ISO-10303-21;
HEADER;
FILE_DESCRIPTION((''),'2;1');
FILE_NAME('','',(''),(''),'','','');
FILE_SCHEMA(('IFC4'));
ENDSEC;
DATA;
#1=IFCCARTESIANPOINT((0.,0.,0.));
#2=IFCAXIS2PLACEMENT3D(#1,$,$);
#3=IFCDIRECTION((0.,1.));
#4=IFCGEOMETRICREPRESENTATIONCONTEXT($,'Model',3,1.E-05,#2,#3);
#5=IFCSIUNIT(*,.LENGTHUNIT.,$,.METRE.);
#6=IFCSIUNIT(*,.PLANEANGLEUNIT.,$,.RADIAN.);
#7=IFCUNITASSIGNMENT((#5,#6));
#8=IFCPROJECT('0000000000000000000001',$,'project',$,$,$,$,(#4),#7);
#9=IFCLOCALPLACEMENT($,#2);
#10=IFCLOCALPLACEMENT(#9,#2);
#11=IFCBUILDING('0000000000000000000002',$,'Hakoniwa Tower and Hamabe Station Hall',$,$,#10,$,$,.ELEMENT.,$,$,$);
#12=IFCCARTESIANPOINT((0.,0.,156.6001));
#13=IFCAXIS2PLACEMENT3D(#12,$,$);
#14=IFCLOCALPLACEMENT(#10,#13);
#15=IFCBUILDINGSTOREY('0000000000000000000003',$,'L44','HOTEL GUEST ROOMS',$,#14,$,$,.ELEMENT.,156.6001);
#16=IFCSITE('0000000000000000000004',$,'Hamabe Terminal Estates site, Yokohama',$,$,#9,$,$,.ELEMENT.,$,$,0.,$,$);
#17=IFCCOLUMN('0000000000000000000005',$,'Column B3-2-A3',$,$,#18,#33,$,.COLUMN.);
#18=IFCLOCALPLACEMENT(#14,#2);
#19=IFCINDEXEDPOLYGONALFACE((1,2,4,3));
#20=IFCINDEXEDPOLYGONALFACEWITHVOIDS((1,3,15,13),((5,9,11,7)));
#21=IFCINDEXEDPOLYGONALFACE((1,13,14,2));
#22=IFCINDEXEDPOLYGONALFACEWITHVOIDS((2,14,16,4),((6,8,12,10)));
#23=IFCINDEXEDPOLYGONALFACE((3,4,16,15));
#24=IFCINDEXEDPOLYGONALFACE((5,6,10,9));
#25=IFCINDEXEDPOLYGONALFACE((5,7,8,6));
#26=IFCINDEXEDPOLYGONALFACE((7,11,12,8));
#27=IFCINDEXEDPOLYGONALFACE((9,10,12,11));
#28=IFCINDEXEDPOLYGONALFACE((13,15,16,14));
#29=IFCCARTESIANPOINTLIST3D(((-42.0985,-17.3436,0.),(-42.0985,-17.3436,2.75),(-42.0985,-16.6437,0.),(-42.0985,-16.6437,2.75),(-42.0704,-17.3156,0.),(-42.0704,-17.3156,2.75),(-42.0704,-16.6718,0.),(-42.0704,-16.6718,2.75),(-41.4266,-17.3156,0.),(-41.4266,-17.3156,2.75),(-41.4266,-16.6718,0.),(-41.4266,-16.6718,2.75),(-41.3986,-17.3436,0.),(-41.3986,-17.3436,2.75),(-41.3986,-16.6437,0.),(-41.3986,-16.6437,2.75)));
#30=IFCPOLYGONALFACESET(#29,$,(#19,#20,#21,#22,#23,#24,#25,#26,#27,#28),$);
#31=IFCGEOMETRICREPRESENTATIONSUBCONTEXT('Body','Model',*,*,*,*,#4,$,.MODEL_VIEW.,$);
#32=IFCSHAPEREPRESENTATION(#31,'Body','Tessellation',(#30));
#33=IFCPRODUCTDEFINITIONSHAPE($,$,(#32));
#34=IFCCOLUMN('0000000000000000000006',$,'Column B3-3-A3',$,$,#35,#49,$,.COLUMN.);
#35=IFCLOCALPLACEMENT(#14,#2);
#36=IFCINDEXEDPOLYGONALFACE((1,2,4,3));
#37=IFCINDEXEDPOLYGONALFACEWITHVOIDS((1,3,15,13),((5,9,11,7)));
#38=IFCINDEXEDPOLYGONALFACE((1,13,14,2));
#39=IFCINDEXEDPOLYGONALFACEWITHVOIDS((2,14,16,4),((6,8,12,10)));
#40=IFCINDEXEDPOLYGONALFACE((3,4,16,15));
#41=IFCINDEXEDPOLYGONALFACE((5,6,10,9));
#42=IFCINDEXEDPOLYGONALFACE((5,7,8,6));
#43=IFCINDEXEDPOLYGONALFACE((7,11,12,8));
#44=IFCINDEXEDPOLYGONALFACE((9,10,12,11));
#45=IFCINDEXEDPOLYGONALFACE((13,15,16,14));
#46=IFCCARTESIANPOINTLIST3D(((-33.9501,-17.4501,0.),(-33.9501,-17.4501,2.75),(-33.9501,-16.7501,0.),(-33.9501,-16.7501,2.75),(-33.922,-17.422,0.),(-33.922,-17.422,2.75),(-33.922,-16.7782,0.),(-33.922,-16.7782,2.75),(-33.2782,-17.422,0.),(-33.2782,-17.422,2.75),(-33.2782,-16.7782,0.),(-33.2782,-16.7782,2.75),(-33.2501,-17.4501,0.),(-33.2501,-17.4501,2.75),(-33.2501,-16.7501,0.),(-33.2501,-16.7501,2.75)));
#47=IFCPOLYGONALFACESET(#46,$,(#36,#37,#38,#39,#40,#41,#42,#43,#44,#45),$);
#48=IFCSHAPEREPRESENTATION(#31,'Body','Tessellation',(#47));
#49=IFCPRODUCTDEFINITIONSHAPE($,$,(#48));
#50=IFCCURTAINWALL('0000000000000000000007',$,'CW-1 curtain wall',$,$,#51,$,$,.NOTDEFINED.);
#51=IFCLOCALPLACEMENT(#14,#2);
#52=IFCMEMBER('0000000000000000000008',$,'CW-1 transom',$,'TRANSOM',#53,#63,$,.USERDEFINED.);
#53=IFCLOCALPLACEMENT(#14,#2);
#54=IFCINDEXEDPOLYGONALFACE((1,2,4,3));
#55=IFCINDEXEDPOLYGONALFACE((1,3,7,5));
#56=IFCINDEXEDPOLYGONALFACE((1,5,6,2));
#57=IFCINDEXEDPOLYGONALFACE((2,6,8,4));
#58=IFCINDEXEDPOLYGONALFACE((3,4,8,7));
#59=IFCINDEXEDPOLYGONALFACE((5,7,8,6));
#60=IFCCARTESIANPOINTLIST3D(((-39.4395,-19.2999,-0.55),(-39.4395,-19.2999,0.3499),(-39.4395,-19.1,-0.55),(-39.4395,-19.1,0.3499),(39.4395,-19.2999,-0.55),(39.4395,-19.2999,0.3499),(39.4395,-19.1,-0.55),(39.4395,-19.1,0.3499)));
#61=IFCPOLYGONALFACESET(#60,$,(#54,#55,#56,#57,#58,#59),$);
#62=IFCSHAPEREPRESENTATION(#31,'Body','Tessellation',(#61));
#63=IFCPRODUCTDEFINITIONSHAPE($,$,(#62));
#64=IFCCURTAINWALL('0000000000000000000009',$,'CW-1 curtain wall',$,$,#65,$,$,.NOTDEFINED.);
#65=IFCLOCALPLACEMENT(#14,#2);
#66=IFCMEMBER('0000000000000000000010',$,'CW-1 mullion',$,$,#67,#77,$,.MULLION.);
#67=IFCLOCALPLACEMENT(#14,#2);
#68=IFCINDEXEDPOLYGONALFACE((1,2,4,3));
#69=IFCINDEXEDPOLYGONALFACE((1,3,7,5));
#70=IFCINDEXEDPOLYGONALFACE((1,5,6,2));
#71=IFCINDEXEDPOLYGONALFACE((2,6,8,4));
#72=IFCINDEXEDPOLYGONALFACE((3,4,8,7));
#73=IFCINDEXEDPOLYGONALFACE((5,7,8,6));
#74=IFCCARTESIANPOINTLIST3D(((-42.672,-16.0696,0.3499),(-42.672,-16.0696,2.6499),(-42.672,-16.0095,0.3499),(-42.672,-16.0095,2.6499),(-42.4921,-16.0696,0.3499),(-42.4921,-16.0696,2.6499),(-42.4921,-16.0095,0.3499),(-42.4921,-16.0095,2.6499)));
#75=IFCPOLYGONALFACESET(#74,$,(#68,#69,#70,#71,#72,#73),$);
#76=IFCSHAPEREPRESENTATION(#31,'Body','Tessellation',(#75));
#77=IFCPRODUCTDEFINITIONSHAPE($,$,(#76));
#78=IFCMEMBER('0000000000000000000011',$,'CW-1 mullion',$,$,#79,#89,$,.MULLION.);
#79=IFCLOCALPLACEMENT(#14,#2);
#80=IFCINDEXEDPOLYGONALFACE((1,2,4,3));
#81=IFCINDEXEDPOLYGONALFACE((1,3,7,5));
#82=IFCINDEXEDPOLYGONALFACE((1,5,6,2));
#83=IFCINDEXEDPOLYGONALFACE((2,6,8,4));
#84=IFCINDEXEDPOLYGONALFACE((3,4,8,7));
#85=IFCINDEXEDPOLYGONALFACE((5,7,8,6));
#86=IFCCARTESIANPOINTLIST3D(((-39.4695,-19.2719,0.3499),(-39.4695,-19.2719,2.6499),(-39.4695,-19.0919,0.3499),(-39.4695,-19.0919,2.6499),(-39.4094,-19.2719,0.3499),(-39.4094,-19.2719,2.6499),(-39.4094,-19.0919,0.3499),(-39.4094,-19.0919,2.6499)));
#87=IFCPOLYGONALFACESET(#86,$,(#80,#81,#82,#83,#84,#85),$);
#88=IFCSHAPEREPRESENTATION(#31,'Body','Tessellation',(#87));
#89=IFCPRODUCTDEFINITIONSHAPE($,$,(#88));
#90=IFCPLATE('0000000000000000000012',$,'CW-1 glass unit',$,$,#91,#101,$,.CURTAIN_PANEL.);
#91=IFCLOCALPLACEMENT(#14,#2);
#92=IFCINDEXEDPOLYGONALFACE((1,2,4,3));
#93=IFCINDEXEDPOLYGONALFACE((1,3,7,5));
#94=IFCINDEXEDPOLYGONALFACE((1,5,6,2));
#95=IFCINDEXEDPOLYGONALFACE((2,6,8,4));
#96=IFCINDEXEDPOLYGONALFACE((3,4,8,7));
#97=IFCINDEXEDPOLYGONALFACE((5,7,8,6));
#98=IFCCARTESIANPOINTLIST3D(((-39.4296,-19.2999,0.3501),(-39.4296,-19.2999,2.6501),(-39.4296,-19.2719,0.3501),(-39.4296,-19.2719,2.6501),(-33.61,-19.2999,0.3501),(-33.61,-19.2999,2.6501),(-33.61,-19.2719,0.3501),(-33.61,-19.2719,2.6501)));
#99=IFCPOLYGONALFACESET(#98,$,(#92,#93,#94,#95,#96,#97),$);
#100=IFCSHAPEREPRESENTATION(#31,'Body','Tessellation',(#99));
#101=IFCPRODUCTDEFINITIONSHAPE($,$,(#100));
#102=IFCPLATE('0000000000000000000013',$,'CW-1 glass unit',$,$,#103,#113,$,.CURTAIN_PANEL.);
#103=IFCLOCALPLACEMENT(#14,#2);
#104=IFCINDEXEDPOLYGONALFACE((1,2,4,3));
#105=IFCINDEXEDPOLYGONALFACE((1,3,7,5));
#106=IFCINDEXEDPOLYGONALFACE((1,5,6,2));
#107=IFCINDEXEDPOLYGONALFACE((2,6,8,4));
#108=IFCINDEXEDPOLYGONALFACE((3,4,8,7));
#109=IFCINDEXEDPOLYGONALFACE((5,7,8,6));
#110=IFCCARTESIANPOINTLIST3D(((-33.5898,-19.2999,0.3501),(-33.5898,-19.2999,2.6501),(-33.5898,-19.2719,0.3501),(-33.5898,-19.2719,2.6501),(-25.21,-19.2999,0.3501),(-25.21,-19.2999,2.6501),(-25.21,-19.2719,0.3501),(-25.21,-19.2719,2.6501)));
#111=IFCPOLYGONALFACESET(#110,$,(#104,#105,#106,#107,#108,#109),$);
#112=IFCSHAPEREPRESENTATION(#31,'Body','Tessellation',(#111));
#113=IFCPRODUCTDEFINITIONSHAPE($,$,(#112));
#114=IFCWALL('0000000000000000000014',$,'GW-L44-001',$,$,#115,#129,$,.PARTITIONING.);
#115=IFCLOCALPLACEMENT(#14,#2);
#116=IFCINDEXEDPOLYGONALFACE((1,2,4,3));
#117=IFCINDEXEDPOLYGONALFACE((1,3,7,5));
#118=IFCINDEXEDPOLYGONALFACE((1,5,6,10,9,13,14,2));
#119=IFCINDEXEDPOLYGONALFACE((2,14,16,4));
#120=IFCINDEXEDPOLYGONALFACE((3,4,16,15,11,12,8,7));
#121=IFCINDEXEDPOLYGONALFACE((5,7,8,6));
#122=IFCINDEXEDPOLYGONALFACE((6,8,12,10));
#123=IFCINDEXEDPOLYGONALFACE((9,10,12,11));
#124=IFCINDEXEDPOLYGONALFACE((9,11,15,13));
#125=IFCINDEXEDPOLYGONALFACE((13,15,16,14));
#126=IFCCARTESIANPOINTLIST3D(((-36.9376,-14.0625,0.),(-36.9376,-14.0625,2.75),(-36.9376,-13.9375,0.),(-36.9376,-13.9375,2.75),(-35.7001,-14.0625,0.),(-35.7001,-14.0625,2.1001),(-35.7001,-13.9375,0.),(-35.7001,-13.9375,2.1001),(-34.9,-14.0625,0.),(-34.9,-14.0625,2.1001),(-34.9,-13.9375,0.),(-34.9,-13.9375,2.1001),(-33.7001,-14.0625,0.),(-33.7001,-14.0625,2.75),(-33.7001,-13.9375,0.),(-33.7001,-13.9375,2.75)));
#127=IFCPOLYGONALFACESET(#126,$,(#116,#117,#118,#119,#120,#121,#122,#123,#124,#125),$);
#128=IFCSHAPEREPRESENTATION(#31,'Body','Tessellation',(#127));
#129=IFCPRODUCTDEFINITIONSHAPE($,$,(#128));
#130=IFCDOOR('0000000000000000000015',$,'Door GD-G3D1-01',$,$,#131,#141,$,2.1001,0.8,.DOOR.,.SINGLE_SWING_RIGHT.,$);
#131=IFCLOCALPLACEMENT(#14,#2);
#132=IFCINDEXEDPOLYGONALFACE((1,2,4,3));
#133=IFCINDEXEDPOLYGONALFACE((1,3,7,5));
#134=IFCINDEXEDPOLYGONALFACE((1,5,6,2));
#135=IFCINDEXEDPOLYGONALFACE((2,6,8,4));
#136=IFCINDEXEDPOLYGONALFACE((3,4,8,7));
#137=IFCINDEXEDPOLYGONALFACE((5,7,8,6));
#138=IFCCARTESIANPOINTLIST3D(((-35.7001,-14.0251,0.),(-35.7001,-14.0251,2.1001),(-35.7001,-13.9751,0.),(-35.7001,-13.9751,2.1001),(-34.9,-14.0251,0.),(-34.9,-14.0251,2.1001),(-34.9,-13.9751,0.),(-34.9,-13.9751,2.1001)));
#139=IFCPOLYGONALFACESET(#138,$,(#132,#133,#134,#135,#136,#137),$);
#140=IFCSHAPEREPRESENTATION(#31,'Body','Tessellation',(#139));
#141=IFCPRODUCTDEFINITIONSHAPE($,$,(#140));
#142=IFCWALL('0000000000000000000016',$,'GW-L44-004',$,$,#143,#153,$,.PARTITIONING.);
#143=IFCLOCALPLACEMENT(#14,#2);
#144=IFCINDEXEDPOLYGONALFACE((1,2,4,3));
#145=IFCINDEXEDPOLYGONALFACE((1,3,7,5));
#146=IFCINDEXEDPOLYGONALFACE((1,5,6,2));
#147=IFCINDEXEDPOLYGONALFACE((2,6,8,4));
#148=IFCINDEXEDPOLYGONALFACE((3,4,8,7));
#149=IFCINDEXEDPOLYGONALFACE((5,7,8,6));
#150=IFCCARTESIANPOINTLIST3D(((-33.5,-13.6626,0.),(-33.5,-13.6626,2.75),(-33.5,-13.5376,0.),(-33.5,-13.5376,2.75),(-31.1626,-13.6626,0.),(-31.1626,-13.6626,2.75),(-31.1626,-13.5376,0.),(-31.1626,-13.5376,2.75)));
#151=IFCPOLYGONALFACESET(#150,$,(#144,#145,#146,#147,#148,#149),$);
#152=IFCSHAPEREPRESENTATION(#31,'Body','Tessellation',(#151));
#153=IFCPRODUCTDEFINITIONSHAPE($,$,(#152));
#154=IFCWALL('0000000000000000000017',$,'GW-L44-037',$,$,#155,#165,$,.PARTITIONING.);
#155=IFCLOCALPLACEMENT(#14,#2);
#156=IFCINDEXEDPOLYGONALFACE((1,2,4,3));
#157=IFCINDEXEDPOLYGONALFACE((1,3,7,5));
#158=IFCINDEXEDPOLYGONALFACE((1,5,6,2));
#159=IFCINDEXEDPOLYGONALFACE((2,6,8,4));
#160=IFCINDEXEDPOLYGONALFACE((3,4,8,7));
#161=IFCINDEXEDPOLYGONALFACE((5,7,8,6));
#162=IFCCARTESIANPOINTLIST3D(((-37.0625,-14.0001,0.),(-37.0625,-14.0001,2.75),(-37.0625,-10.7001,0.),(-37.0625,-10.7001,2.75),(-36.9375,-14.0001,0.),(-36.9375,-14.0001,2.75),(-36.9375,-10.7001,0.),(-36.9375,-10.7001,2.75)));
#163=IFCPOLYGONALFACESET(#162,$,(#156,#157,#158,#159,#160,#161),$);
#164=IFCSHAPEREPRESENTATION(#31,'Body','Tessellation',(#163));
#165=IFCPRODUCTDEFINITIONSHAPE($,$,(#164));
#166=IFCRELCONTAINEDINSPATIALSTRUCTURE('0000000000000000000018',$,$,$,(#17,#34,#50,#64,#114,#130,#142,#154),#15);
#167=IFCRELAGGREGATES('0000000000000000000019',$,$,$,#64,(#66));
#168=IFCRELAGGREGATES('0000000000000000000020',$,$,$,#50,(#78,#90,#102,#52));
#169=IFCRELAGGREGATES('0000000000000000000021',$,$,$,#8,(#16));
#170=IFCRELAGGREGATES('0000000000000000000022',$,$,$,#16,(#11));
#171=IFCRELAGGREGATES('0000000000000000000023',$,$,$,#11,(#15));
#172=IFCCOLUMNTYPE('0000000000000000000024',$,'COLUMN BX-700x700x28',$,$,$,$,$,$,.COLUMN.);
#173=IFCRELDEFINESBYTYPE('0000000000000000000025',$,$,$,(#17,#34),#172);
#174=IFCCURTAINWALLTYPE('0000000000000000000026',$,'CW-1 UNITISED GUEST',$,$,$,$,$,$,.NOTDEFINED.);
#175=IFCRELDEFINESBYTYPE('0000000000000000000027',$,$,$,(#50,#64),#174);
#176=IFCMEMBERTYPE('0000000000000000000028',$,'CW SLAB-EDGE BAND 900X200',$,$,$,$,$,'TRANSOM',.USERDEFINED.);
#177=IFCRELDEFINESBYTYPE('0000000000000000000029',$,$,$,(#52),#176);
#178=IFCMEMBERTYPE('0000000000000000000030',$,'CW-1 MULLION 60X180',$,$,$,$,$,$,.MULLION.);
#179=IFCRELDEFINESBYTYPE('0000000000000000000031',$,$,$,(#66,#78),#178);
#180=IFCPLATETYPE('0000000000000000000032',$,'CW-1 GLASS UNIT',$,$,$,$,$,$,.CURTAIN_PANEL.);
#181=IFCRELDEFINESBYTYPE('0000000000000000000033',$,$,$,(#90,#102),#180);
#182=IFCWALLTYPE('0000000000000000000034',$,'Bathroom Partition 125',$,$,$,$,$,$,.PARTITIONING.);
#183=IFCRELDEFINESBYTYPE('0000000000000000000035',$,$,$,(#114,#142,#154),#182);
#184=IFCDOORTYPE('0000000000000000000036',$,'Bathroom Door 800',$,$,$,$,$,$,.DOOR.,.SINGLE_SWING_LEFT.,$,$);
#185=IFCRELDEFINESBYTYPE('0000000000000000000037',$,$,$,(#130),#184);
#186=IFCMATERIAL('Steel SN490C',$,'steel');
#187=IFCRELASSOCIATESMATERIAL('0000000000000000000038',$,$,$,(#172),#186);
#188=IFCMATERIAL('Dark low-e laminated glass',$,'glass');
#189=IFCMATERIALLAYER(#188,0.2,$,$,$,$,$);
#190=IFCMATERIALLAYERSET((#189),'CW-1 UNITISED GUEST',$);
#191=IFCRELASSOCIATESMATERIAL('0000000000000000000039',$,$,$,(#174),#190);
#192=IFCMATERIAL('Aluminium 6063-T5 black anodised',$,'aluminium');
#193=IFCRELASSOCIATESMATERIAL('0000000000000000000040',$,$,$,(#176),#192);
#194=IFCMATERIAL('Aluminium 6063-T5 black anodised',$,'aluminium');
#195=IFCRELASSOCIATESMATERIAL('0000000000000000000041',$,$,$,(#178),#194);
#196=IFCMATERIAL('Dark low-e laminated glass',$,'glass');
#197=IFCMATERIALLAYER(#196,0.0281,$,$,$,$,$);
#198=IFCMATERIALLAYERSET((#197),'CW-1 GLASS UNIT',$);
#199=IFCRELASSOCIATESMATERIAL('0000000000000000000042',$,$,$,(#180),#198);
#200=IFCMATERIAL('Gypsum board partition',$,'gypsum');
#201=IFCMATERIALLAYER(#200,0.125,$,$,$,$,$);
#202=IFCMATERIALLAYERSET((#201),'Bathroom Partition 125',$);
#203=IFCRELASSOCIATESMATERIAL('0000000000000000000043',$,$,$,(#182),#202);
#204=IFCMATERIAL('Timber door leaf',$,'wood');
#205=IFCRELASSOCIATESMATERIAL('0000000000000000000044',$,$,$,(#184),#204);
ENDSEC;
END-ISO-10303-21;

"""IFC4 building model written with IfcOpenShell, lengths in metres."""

from ifc_helpers import new_model, si_unit, direction, frame, frame_2d, origin, origin_2d, place, context, subcontext, project, spatial, rectangle, hollow_rectangle, extrude, material, layer, layer_set, material_profile, profile_set, type_object, element, fill, aggregate, save


model = new_model("IFC4")

# Units and contexts
model_context = context("Model", 3, precision=1e-05, world=origin(), true_north=direction((0.0, 1.0)))
body_context = subcontext(model_context, "Body", "Model", "MODEL_VIEW")
ifc_project = project(units=[si_unit("LENGTHUNIT", "METRE"), si_unit("PLANEANGLEUNIT", "RADIAN")], contexts=[model_context])

# Site, building, storey
site_placement = place(None, origin())
site = spatial("IfcSite", under=ifc_project, at=site_placement, Name="Hamabe Terminal Estates site, Yokohama", CompositionType="ELEMENT", RefElevation=0.0)
building_placement = place(site_placement, origin())
building = spatial("IfcBuilding", under=site, at=building_placement, Name="Hakoniwa Tower and Hamabe Station Hall", CompositionType="ELEMENT")
storey_placement = place(building_placement, frame((0.0, 0.0, 156.6001)))
storey = spatial("IfcBuildingStorey", under=building, at=storey_placement, Name="L44", Description="HOTEL GUEST ROOMS", CompositionType="ELEMENT", Elevation=156.6001)

# Columns
ifc_material_1 = material(Name="Steel SN490C", Category="steel")
ifc_material_profile_1 = material_profile(ifc_material_1, hollow_rectangle(XDim=0.7, YDim=0.7, WallThickness=0.0281, at=origin_2d()), Name="BX-700x700x28")
ifc_profile_set_1 = profile_set([ifc_material_profile_1], Name="Steel SN490C")
column_type = type_object("IfcColumnType", Name="COLUMN BX-700x700x28", PredefinedType="COLUMN", material=ifc_profile_set_1)
for number, where, z_axis, x_axis, name in (
    (1, (-41.7485, -16.9937, 0.0), (0.0, 0.0, 1.0), (1.0, 0.0, 0.0), "Column B3-2-A3"),
    (2, (-33.6001, -17.1001, 0.0), (0.0, 0.0, 1.0), (1.0, 0.0, 0.0), "Column B3-3-A3"),
):
    element("IfcColumn", number, at=place(storey_placement, frame(where, z_axis=z_axis, x_axis=x_axis)), inside=storey, type_object=column_type, Name=name, PredefinedType="COLUMN", context=body_context, shape_type="SweptSolid", body=[
        extrude(hollow_rectangle(XDim=0.7, YDim=0.7, WallThickness=0.0281, at=origin_2d()), origin(), (0.0, 0.0, 1.0), 2.75),
    ])

# Curtain walls, members
ifc_material_2 = material(Name="Dark low-e laminated glass", Category="glass")
ifc_layer_1 = layer(ifc_material_2, 0.2)
ifc_layer_set_1 = layer_set([ifc_layer_1], Name="CW-1 UNITISED GUEST")
curtain_wall_type = type_object("IfcCurtainWallType", Name="CW-1 UNITISED GUEST", PredefinedType="NOTDEFINED", material=ifc_layer_set_1)
curtain_wall_1_placement = place(storey_placement, origin())
curtain_wall_1 = element("IfcCurtainWall", 3, at=curtain_wall_1_placement, inside=storey, type_object=curtain_wall_type, Name="CW-1 curtain wall", PredefinedType="NOTDEFINED")
ifc_material_3 = material(Name="Aluminium 6063-T5 black anodised", Category="aluminium")
ifc_material_profile_2 = material_profile(ifc_material_3, rectangle(XDim=0.2, YDim=0.8999, at=origin_2d()), Name="CW SLAB-EDGE BAND 900X200")
ifc_profile_set_2 = profile_set([ifc_material_profile_2], Name="Aluminium 6063-T5 black anodised")
member_type_1 = type_object("IfcMemberType", Name="CW SLAB-EDGE BAND 900X200", ElementType="TRANSOM", PredefinedType="USERDEFINED", material=ifc_profile_set_2)
member_1_placement = place(storey_placement, frame((-39.4395, -19.2, -0.1001), z_axis=(1.0, 0.0, 0.0), x_axis=(0.0, 1.0, 0.0)))
member_1 = element("IfcMember", 4, at=member_1_placement, type_object=member_type_1, Name="CW-1 transom", ObjectType="TRANSOM", PredefinedType="USERDEFINED", context=body_context, shape_type="SweptSolid", body=[
    extrude(rectangle(XDim=0.2, YDim=0.8999, at=origin_2d()), origin(), (0.0, 0.0, 1.0), 78.8789),
])
curtain_wall_2_placement = place(storey_placement, origin())
curtain_wall_2 = element("IfcCurtainWall", 5, at=curtain_wall_2_placement, inside=storey, type_object=curtain_wall_type, Name="CW-1 curtain wall", PredefinedType="NOTDEFINED")
ifc_material_4 = material(Name="Aluminium 6063-T5 black anodised", Category="aluminium")
ifc_material_profile_3 = material_profile(ifc_material_4, rectangle(XDim=0.0601, YDim=0.1799, at=origin_2d()), Name="CW-1 MULLION 60X180")
ifc_profile_set_3 = profile_set([ifc_material_profile_3], Name="Aluminium 6063-T5 black anodised")
member_type_2 = type_object("IfcMemberType", Name="CW-1 MULLION 60X180", PredefinedType="MULLION", material=ifc_profile_set_3)
member_2_placement = place(storey_placement, frame((-42.582, -16.0396, 0.3499), z_axis=(0.0, 0.0, 1.0), x_axis=(0.0, -1.0, 0.0)))
member_2 = element("IfcMember", 6, at=member_2_placement, type_object=member_type_2, Name="CW-1 mullion", PredefinedType="MULLION", context=body_context, shape_type="SweptSolid", body=[
    extrude(rectangle(XDim=0.0601, YDim=0.1799, at=origin_2d()), origin(), (0.0, 0.0, 1.0), 2.3),
])
aggregate(curtain_wall_2, [member_2])

# Member
member_3_placement = place(storey_placement, frame((-39.4395, -19.1819, 0.3499), z_axis=(0.0, 0.0, 1.0), x_axis=(1.0, 0.0, 0.0)))
member_3 = element("IfcMember", 7, at=member_3_placement, type_object=member_type_2, Name="CW-1 mullion", PredefinedType="MULLION", context=body_context, shape_type="SweptSolid", body=[
    extrude(rectangle(XDim=0.0601, YDim=0.1799, at=origin_2d()), origin(), (0.0, 0.0, 1.0), 2.3),
])

# Plates
ifc_material_5 = material(Name="Dark low-e laminated glass", Category="glass")
ifc_layer_2 = layer(ifc_material_5, 0.0281)
ifc_layer_set_2 = layer_set([ifc_layer_2], Name="CW-1 GLASS UNIT")
plate_type = type_object("IfcPlateType", Name="CW-1 GLASS UNIT", PredefinedType="CURTAIN_PANEL", material=ifc_layer_set_2)
plate_1_placement = place(storey_placement, frame((-36.5198, -19.2859, 0.3501), z_axis=(0.0, 0.0, 1.0), x_axis=(1.0, 0.0, 0.0)))
plate_1 = element("IfcPlate", 8, at=plate_1_placement, type_object=plate_type, Name="CW-1 glass unit", PredefinedType="CURTAIN_PANEL", context=body_context, shape_type="SweptSolid", body=[
    extrude(rectangle(XDim=5.8196, YDim=0.0281, at=origin_2d()), origin(), (0.0, 0.0, 1.0), 2.3),
])
plate_2_placement = place(storey_placement, frame((-29.3999, -19.2859, 0.3501), z_axis=(0.0, 0.0, 1.0), x_axis=(1.0, 0.0, 0.0)))
plate_2 = element("IfcPlate", 9, at=plate_2_placement, type_object=plate_type, Name="CW-1 glass unit", PredefinedType="CURTAIN_PANEL", context=body_context, shape_type="SweptSolid", body=[
    extrude(rectangle(XDim=8.3799, YDim=0.0281, at=origin_2d()), origin(), (0.0, 0.0, 1.0), 2.3),
])
aggregate(curtain_wall_1, [member_3, plate_1, plate_2, member_1])

# Wall, opening, door
ifc_material_6 = material(Name="Gypsum board partition", Category="gypsum")
ifc_layer_3 = layer(ifc_material_6, 0.125)
ifc_layer_set_3 = layer_set([ifc_layer_3], Name="Bathroom Partition 125")
wall_type_1 = type_object("IfcWallType", Name="Bathroom Partition 125", PredefinedType="PARTITIONING", material=ifc_layer_set_3)
wall_1_placement = place(storey_placement, frame((-36.9375, -14.0, 0.0), z_axis=(0.0, 0.0, 1.0), x_axis=(1.0, 0.0, 0.0)))
wall_1 = element("IfcWall", 10, at=wall_1_placement, inside=storey, type_object=wall_type_1, Name="GW-L44-001", PredefinedType="PARTITIONING", context=body_context, shape_type="SweptSolid", body=[
    extrude(rectangle(XDim=3.2375, YDim=0.125, at=frame_2d((1.6187, 0.0))), origin(), (0.0, 0.0, 1.0), 2.75),
])
opening_1_placement = place(wall_1_placement, frame((1.2375, 0.0, 0.0)))
opening_1 = element("IfcOpeningElement", 11, at=opening_1_placement, cuts=wall_1, PredefinedType="OPENING", context=body_context, shape_type="SweptSolid", body=[
    extrude(rectangle(XDim=0.8, YDim=2.1001, at=frame_2d((0.3999, 1.05))), frame((0.0, 0.0725, 0.0), z_axis=(0.0, -1.0, 0.0), x_axis=(1.0, 0.0, 0.0)), (0.0, 0.0, 1.0), 0.145),
])
ifc_material_7 = material(Name="Timber door leaf", Category="wood")
door_type = type_object("IfcDoorType", Name="Bathroom Door 800", OperationType="SINGLE_SWING_LEFT", PredefinedType="DOOR", material=ifc_material_7)
door_1_placement = place(opening_1_placement, origin())
door_1 = element("IfcDoor", 12, at=door_1_placement, inside=storey, type_object=door_type, Name="Door GD-G3D1-01", OperationType="SINGLE_SWING_RIGHT", OverallHeight=2.1001, OverallWidth=0.8, PredefinedType="DOOR", context=body_context, shape_type="SweptSolid", body=[
    extrude(rectangle(XDim=0.8, YDim=2.1001, at=frame_2d((0.3999, 1.05))), frame((0.0, 0.0249, 0.0), z_axis=(0.0, -1.0, 0.0), x_axis=(1.0, 0.0, 0.0)), (0.0, 0.0, 1.0), 0.05),
])
fill(opening_1, door_1)

# Walls
wall_2_placement = place(storey_placement, frame((-33.5, -13.6001, 0.0), z_axis=(0.0, 0.0, 1.0), x_axis=(1.0, 0.0, 0.0)))
element("IfcWall", 13, at=wall_2_placement, inside=storey, type_object=wall_type_1, Name="GW-L44-004", PredefinedType="PARTITIONING", context=body_context, shape_type="SweptSolid", body=[
    extrude(rectangle(XDim=2.3374, YDim=0.125, at=frame_2d((1.1687, 0.0))), origin(), (0.0, 0.0, 1.0), 2.75),
])
wall_3_placement = place(storey_placement, frame((-37.0, -14.0, 0.0), z_axis=(0.0, 0.0, 1.0), x_axis=(0.0, 1.0, 0.0)))
element("IfcWall", 14, at=wall_3_placement, inside=storey, type_object=wall_type_1, Name="GW-L44-037", PredefinedType="PARTITIONING", context=body_context, shape_type="SweptSolid", body=[
    extrude(rectangle(XDim=3.3, YDim=0.125, at=frame_2d((1.6499, 0.0))), origin(), (0.0, 0.0, 1.0), 2.75),
])

save(model, "model.ifc")
